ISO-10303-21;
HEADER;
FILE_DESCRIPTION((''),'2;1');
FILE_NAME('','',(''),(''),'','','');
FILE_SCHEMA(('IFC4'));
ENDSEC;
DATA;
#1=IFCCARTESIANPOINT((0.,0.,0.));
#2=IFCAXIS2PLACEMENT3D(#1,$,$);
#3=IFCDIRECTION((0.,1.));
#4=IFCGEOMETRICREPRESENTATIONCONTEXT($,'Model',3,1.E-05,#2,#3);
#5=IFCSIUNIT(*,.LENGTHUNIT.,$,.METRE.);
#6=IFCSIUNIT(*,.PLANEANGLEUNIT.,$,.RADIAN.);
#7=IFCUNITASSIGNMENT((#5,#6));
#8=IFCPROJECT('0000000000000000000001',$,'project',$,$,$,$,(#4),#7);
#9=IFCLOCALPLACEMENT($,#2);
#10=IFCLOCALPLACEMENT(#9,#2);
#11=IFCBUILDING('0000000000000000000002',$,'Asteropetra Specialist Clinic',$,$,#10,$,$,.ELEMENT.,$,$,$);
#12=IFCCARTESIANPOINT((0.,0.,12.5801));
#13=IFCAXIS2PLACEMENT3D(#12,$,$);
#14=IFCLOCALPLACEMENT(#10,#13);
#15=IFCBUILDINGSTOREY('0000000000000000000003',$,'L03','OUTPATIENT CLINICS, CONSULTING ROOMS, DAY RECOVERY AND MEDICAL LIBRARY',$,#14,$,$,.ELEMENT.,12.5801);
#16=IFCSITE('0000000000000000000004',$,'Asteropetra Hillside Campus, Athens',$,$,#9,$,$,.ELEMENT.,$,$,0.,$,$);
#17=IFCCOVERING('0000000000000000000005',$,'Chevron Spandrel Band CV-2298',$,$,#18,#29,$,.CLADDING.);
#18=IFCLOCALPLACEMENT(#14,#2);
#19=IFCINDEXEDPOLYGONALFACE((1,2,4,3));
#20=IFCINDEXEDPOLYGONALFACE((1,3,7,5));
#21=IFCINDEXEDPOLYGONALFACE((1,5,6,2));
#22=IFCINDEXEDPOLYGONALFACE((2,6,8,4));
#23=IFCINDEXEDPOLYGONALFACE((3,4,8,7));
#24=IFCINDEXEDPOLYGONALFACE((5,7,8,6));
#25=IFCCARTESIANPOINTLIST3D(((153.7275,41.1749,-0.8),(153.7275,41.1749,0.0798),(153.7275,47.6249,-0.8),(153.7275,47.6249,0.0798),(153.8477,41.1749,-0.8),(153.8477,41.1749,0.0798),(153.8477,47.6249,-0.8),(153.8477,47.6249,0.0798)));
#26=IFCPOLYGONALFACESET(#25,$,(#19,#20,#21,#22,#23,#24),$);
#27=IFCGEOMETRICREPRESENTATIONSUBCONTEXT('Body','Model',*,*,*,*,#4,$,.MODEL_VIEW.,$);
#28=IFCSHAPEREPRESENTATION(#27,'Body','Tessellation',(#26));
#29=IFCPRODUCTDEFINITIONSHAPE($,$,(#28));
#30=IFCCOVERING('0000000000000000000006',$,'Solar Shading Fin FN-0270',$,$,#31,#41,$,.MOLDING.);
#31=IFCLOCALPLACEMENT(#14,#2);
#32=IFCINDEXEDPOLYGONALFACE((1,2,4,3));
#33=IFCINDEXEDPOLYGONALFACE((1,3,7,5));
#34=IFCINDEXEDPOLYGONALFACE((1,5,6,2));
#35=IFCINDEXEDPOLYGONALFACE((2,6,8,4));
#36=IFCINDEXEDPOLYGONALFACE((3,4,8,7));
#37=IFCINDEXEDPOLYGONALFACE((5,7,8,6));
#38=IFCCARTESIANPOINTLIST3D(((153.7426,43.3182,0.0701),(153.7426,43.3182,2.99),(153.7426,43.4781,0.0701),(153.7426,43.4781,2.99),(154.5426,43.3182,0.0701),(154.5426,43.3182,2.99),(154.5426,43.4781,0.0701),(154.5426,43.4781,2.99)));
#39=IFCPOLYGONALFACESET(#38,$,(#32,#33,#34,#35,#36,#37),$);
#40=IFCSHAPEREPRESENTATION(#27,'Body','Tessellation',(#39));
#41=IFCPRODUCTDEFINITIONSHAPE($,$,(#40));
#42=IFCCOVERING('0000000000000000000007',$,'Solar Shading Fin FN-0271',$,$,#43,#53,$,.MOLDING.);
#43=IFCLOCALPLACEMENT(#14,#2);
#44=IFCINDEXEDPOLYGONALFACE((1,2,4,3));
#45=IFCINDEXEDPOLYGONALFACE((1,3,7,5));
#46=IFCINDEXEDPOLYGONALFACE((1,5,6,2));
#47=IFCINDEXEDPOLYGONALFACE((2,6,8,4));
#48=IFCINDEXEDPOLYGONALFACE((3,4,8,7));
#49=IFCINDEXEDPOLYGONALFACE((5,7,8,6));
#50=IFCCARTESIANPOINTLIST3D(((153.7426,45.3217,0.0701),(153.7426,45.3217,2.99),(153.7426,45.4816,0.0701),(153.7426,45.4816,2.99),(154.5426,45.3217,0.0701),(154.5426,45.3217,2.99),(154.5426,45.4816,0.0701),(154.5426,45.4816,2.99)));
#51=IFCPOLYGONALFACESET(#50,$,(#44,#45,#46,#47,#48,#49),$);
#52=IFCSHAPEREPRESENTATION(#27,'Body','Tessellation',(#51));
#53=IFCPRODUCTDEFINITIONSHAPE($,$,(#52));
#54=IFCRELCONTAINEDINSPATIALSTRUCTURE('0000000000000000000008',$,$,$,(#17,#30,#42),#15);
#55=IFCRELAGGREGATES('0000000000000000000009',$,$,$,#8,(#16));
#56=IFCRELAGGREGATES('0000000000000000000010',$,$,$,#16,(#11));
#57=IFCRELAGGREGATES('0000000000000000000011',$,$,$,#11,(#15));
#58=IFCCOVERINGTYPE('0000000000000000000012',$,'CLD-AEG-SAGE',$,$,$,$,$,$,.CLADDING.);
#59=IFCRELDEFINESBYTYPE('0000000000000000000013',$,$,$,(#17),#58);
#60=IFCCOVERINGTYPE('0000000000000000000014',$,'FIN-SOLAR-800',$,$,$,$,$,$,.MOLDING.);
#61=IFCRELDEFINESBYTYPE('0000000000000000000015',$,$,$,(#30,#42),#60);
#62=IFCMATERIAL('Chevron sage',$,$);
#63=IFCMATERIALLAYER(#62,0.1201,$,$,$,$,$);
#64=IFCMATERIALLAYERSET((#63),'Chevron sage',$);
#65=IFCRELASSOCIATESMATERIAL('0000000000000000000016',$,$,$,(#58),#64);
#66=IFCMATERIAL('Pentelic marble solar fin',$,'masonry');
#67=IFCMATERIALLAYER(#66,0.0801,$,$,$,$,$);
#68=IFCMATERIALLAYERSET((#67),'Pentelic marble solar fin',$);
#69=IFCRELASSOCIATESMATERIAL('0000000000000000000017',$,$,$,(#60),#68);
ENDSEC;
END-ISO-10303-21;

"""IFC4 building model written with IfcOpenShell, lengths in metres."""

from ifc_helpers import new_model, si_unit, direction, frame, origin, origin_2d, place, context, subcontext, project, spatial, rectangle, extrude, material, layer, layer_set, type_object, element, save


model = new_model("IFC4")

# Units and contexts
model_context = context("Model", 3, precision=1e-05, world=origin(), true_north=direction((0.0, 1.0)))
body_context = subcontext(model_context, "Body", "Model", "MODEL_VIEW")
ifc_project = project(units=[si_unit("LENGTHUNIT", "METRE"), si_unit("PLANEANGLEUNIT", "RADIAN")], contexts=[model_context])

# Site, building, storey
site_placement = place(None, origin())
site = spatial("IfcSite", under=ifc_project, at=site_placement, Name="Asteropetra Hillside Campus, Athens", CompositionType="ELEMENT", RefElevation=0.0)
building_placement = place(site_placement, origin())
building = spatial("IfcBuilding", under=site, at=building_placement, Name="Asteropetra Specialist Clinic", CompositionType="ELEMENT")
storey_placement = place(building_placement, frame((0.0, 0.0, 12.5801)))
storey = spatial("IfcBuildingStorey", under=building, at=storey_placement, Name="L03", Description="OUTPATIENT CLINICS, CONSULTING ROOMS, DAY RECOVERY AND MEDICAL LIBRARY", CompositionType="ELEMENT", Elevation=12.5801)

# Coverings
ifc_material_1 = material(Name="Chevron sage")
ifc_layer_1 = layer(ifc_material_1, 0.1201)
ifc_layer_set_1 = layer_set([ifc_layer_1], Name="Chevron sage")
covering_type_1 = type_object("IfcCoveringType", Name="CLD-AEG-SAGE", PredefinedType="CLADDING", material=ifc_layer_set_1)
covering_placement = place(storey_placement, frame((153.7876, 44.3999, -0.8), z_axis=(0.0, 0.0, 1.0), x_axis=(1.0, 0.0, 0.0)))
element("IfcCovering", 1, at=covering_placement, inside=storey, type_object=covering_type_1, Name="Chevron Spandrel Band CV-2298", PredefinedType="CLADDING", context=body_context, shape_type="SweptSolid", body=[
    extrude(rectangle(XDim=0.1201, YDim=6.45, at=origin_2d()), origin(), (0.0, 0.0, 1.0), 0.8799),
])
ifc_material_2 = material(Name="Pentelic marble solar fin", Category="masonry")
ifc_layer_2 = layer(ifc_material_2, 0.0801)
ifc_layer_set_2 = layer_set([ifc_layer_2], Name="Pentelic marble solar fin")
covering_type_2 = type_object("IfcCoveringType", Name="FIN-SOLAR-800", PredefinedType="MOLDING", material=ifc_layer_set_2)
for number, where, z_axis, x_axis, name in (
    (2, (154.1426, 43.3982, 0.0701), (0.0, 0.0, 1.0), (1.0, 0.0, 0.0), "Solar Shading Fin FN-0270"),
    (3, (154.1426, 45.4016, 0.0701), (0.0, 0.0, 1.0), (1.0, 0.0, 0.0), "Solar Shading Fin FN-0271"),
):
    element("IfcCovering", number, at=place(storey_placement, frame(where, z_axis=z_axis, x_axis=x_axis)), inside=storey, type_object=covering_type_2, Name=name, PredefinedType="MOLDING", context=body_context, shape_type="SweptSolid", body=[
        extrude(rectangle(XDim=0.8, YDim=0.1599, at=origin_2d()), origin(), (0.0, 0.0, 1.0), 2.9199),
    ])

save(model, "model.ifc")
